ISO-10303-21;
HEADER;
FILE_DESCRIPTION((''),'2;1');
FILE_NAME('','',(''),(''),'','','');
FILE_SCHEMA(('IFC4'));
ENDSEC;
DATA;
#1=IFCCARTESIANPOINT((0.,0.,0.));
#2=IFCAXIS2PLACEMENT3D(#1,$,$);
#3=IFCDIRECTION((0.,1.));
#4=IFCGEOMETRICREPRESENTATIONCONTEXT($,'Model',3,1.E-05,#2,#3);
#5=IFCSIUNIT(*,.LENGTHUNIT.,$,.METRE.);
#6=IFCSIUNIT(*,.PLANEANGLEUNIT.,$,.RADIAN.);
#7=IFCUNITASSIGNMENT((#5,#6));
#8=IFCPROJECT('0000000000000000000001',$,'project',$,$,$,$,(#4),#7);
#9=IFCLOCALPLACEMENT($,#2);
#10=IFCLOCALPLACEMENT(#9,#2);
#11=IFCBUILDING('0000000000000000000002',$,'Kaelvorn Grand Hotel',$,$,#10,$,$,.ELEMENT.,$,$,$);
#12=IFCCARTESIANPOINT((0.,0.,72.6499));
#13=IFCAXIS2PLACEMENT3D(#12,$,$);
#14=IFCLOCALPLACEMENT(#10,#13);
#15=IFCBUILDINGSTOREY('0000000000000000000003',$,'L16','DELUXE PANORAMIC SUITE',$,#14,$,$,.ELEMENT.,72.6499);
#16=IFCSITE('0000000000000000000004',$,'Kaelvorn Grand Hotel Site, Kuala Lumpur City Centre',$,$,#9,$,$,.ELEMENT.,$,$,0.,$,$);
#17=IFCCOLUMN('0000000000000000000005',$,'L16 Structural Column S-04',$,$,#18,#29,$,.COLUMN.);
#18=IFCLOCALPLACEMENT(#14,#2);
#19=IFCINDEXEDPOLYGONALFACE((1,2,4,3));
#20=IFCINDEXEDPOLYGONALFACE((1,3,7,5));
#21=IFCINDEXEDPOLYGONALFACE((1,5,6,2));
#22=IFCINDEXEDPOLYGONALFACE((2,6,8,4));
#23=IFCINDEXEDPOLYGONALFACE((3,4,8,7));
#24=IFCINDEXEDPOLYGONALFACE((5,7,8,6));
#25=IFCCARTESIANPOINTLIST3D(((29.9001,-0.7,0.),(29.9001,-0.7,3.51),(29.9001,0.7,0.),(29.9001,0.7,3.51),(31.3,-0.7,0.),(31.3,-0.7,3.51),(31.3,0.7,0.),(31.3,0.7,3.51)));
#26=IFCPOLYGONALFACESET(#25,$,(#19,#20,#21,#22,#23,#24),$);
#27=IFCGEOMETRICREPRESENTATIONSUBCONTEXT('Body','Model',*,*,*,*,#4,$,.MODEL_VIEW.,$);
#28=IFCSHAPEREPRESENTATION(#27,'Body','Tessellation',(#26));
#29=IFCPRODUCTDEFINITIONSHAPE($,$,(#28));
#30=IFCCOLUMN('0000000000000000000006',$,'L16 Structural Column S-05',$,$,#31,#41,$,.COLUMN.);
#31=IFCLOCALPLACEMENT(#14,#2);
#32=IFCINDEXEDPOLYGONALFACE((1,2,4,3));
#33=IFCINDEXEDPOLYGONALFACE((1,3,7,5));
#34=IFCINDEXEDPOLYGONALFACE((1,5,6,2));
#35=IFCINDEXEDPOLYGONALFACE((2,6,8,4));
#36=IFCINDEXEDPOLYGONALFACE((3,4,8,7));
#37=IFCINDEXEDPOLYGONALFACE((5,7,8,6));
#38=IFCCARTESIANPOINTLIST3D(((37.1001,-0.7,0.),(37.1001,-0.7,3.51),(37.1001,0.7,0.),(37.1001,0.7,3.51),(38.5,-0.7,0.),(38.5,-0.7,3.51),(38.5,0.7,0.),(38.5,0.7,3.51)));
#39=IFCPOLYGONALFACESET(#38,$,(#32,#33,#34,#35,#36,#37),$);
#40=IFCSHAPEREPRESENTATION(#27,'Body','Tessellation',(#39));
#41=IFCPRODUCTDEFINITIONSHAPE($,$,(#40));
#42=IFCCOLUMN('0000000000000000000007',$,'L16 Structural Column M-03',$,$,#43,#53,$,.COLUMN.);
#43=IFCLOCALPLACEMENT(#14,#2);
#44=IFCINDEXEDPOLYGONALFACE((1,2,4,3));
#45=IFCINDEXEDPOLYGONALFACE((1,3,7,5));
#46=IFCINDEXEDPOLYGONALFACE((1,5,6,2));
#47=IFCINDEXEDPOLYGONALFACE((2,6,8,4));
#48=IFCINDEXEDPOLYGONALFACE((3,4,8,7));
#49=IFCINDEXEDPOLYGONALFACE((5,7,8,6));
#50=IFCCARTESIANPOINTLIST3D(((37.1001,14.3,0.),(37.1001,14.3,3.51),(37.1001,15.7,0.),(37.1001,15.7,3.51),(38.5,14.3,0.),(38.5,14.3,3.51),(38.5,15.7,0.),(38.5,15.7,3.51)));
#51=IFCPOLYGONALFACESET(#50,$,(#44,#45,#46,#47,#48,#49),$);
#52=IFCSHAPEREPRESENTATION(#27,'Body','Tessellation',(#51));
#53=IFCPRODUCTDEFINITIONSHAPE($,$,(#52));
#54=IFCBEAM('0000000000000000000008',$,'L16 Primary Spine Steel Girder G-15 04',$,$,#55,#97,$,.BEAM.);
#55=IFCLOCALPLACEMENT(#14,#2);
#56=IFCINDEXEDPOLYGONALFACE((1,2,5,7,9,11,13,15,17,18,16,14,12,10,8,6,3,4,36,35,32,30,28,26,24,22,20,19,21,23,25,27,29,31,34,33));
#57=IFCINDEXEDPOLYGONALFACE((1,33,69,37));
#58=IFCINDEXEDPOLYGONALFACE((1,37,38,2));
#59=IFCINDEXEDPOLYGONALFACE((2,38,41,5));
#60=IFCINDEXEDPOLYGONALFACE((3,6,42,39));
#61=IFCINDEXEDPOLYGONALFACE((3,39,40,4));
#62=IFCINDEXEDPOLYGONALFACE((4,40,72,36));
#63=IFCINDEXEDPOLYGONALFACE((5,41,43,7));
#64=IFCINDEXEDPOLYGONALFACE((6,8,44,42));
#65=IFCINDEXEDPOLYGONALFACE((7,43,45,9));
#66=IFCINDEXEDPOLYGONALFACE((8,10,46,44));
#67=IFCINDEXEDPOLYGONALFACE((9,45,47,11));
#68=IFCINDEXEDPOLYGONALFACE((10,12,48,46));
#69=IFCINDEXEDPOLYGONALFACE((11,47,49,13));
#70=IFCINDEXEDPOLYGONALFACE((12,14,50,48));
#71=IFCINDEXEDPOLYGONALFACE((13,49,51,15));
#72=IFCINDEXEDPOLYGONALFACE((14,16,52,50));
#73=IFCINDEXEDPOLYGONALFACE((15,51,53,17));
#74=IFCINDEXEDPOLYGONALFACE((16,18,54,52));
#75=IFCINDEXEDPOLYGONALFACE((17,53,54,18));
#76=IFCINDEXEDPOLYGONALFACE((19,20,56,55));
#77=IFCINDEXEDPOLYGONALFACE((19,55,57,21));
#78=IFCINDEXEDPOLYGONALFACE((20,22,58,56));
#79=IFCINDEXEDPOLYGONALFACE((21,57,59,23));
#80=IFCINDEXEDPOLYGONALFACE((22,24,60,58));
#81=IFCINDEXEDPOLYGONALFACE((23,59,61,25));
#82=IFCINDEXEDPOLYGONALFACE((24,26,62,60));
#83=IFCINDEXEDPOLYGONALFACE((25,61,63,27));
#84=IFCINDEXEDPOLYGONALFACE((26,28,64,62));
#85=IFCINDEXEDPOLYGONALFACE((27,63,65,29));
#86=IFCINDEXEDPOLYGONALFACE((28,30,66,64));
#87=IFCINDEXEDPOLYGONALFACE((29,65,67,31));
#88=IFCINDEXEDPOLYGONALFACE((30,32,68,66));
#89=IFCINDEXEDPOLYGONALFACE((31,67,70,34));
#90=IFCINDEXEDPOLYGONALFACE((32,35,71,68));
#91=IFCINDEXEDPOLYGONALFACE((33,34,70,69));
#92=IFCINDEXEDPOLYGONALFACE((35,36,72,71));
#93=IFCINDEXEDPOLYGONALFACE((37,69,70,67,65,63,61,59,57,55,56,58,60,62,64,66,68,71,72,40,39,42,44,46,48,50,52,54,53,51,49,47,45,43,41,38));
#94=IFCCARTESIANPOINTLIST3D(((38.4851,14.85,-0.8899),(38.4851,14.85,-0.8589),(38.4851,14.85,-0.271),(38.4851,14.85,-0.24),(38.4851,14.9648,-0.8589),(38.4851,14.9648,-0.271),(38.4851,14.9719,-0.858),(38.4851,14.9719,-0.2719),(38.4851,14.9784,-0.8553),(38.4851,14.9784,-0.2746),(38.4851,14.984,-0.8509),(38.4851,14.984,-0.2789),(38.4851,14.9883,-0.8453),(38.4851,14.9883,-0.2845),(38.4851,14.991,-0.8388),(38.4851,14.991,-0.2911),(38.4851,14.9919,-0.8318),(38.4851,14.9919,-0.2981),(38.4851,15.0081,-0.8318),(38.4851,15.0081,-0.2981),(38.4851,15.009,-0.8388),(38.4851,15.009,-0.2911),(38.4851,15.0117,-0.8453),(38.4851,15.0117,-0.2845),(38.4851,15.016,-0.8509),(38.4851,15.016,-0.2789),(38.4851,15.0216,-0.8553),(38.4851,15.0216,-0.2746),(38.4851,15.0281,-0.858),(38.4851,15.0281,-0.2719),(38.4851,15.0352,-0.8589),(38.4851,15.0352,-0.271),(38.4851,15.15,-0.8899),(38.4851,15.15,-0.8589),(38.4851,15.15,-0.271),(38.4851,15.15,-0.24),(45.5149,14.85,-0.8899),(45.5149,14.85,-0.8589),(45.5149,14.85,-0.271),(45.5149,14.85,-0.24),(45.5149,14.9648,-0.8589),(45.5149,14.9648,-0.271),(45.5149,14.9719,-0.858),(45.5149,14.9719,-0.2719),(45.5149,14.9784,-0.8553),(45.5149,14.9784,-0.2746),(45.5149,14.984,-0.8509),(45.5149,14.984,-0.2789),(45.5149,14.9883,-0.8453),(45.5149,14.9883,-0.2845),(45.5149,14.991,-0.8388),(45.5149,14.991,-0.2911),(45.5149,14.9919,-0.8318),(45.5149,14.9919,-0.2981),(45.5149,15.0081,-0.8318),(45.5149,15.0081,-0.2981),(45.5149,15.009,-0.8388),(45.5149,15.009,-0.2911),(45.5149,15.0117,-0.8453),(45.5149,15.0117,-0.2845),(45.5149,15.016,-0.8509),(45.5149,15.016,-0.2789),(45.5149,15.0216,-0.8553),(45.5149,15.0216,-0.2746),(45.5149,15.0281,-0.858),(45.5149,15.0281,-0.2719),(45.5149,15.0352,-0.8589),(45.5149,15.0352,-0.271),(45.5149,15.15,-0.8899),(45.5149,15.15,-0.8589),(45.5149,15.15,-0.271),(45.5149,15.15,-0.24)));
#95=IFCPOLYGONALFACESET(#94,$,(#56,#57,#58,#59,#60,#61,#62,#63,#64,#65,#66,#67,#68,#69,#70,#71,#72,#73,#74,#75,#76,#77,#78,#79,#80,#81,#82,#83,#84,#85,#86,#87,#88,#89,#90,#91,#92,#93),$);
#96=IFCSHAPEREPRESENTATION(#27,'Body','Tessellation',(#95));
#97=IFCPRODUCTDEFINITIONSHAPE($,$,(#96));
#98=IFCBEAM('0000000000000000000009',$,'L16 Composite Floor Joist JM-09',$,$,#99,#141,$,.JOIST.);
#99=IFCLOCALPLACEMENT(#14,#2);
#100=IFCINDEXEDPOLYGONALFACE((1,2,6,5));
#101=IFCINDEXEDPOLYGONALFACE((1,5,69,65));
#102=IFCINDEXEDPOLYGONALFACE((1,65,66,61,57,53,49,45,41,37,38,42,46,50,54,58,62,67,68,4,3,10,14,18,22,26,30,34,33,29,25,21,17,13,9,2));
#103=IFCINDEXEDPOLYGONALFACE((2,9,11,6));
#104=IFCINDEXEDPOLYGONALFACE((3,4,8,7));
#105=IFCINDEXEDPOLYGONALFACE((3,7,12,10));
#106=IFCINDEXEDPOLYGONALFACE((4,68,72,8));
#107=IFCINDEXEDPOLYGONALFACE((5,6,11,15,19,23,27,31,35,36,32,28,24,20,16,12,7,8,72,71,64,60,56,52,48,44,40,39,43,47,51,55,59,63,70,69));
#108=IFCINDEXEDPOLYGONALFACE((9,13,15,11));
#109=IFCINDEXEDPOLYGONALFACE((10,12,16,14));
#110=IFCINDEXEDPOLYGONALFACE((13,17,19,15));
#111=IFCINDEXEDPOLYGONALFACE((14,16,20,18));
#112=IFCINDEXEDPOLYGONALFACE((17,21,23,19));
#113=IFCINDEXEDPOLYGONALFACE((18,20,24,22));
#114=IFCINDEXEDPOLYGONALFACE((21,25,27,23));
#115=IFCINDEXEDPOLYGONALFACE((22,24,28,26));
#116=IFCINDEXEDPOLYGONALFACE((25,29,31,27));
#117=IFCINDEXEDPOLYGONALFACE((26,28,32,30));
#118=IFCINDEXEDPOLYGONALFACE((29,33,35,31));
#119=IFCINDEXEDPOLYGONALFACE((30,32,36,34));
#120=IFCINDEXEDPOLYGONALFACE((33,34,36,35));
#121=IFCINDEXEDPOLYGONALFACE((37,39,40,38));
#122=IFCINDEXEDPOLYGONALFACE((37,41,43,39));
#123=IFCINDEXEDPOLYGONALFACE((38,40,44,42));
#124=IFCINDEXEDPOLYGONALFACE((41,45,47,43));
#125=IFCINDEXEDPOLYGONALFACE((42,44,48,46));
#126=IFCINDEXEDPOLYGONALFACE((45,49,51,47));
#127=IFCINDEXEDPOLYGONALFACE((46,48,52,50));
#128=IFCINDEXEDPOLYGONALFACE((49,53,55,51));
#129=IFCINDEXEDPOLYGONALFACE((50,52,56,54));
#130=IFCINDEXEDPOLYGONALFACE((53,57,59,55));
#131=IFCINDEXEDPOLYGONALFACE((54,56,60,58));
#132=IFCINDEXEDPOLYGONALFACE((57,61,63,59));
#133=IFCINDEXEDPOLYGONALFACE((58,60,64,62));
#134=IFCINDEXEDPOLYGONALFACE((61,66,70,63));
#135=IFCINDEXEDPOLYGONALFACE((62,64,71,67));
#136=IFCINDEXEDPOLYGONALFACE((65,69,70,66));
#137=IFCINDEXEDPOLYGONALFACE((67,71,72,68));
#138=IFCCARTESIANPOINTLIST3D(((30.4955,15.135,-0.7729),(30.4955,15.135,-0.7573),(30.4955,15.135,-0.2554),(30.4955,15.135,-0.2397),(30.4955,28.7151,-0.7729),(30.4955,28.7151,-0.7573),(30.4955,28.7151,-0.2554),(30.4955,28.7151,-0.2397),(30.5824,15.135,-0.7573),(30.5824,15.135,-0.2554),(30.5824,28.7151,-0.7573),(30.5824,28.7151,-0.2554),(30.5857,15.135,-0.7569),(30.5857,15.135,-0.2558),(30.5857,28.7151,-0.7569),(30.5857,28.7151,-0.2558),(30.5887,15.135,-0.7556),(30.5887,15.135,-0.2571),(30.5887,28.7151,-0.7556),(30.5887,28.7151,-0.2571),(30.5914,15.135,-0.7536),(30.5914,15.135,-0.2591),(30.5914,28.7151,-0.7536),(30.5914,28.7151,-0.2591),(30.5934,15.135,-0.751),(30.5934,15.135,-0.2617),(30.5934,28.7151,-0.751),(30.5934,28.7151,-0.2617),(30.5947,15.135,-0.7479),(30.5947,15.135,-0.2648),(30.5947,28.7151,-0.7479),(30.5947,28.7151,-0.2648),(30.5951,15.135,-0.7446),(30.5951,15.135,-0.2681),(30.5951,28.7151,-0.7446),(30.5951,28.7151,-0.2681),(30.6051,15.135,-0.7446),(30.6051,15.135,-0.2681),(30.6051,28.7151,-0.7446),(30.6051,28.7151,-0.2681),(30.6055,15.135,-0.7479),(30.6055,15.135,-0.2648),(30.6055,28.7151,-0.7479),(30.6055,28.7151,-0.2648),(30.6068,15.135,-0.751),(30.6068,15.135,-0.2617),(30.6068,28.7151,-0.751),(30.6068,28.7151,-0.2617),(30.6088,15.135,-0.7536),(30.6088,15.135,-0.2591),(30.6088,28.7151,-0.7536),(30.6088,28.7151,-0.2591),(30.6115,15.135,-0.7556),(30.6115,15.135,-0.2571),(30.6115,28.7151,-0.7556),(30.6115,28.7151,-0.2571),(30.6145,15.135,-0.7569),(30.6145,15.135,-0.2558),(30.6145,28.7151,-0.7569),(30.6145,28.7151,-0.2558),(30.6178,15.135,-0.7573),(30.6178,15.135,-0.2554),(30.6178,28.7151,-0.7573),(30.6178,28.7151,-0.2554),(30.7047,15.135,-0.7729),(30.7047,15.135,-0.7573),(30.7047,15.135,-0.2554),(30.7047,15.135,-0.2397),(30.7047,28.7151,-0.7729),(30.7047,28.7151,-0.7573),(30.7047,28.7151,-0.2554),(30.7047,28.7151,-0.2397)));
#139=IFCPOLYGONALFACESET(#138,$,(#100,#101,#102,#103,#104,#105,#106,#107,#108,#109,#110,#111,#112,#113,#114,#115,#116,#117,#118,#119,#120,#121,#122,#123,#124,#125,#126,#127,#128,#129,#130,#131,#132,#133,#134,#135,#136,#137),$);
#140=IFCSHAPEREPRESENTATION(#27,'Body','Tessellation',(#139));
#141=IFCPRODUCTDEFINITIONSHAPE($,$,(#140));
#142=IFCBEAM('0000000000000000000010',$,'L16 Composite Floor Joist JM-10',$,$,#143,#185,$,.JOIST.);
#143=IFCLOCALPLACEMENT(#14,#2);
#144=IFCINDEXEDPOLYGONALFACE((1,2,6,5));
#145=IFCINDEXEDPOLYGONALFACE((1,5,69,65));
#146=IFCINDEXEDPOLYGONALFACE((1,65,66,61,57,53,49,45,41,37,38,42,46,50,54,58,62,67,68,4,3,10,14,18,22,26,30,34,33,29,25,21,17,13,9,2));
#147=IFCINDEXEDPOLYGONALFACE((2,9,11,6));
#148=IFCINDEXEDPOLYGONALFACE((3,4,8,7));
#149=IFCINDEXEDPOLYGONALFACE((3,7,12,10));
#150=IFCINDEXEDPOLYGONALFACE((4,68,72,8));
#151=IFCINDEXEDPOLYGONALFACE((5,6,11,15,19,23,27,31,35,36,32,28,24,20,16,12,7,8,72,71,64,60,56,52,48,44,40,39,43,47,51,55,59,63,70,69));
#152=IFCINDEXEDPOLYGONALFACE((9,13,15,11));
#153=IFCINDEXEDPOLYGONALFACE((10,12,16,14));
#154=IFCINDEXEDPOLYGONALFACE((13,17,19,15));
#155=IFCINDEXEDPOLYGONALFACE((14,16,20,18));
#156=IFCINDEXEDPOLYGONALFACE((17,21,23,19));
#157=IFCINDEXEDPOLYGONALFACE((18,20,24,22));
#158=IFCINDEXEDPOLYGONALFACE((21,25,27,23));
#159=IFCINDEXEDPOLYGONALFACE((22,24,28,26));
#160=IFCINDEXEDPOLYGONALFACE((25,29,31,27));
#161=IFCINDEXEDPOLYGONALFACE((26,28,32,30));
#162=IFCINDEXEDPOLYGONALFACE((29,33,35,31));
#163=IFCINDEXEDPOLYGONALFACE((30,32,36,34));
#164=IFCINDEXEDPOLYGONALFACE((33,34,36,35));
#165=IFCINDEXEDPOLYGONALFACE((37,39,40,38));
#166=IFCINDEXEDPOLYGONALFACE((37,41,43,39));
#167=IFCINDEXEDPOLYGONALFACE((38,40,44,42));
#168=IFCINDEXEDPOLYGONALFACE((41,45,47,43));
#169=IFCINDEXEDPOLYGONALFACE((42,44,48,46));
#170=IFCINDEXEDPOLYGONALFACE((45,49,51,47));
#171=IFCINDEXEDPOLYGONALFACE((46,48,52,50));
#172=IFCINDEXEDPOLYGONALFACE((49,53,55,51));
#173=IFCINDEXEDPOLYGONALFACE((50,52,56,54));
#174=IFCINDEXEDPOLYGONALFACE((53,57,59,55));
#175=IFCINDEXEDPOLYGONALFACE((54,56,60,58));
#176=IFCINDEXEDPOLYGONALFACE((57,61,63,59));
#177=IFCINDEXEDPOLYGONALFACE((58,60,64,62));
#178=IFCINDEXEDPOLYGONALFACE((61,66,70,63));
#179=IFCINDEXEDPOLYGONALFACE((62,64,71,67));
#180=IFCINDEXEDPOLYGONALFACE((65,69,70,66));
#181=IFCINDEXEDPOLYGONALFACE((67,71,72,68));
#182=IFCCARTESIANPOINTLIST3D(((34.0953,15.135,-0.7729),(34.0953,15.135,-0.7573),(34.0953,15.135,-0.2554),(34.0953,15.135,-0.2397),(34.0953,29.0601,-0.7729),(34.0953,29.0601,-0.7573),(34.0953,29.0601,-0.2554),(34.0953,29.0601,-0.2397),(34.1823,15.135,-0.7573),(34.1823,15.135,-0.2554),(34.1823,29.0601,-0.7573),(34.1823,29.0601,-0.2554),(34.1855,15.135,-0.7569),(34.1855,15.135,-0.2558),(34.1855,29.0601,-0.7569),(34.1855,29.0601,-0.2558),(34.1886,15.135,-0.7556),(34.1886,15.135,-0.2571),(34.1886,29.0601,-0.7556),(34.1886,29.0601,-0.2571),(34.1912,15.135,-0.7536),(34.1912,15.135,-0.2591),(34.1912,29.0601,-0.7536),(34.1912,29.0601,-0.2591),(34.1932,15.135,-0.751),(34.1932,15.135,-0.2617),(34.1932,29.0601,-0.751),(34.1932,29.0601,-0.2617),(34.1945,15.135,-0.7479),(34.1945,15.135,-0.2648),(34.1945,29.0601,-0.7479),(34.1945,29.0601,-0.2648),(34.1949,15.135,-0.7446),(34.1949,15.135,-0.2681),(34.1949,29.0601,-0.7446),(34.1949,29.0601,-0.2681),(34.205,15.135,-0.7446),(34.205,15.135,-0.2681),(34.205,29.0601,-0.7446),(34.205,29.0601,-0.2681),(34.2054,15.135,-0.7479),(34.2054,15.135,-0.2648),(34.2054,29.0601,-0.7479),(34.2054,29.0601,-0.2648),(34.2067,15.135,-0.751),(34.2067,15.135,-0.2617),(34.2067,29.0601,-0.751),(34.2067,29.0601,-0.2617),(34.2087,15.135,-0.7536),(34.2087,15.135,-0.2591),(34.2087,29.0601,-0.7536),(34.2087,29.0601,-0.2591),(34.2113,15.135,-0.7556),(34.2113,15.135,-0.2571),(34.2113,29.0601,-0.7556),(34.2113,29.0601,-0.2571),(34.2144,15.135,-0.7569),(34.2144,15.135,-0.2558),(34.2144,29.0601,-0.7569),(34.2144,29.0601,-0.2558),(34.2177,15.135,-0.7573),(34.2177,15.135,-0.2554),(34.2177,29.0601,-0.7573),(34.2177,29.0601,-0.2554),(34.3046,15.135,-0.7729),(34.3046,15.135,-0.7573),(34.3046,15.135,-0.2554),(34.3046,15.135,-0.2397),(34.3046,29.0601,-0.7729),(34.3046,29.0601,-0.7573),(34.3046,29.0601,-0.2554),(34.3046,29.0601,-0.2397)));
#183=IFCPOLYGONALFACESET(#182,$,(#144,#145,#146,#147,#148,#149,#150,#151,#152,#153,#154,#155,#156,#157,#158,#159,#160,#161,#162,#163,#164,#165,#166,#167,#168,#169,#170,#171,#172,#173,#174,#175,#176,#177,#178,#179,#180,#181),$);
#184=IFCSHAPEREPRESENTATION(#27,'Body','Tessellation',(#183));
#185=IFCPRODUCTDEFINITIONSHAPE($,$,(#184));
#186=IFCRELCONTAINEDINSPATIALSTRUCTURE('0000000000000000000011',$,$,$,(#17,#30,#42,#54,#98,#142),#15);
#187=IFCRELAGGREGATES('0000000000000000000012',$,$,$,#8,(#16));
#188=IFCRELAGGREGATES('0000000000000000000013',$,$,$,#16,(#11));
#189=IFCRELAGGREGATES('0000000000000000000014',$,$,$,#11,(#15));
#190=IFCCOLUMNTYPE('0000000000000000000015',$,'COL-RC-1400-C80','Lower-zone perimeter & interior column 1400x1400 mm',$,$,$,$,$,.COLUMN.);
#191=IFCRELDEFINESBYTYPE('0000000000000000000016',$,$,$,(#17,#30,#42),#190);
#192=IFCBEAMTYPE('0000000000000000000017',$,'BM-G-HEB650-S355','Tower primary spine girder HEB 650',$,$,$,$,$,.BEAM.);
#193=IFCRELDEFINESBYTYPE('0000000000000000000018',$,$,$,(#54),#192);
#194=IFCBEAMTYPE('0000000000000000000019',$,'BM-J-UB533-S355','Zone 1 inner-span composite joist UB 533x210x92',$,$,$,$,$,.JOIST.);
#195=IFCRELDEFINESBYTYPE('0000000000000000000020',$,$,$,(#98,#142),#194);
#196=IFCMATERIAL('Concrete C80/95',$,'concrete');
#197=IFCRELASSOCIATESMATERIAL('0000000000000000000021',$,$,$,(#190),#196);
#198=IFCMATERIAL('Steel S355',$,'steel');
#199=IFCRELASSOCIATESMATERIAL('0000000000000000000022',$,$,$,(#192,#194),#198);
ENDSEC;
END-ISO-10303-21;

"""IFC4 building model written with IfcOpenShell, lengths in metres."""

from ifc_helpers import new_model, si_unit, direction, frame, origin, origin_2d, place, context, subcontext, project, spatial, rectangle, i_section, extrude, material, material_profile, profile_set, type_object, element, save


model = new_model("IFC4")

# Units and contexts
model_context = context("Model", 3, precision=1e-05, world=origin(), true_north=direction((0.0, 1.0)))
body_context = subcontext(model_context, "Body", "Model", "MODEL_VIEW")
ifc_project = project(units=[si_unit("LENGTHUNIT", "METRE"), si_unit("PLANEANGLEUNIT", "RADIAN")], contexts=[model_context])

# Site, building, storey
site_placement = place(None, origin())
site = spatial("IfcSite", under=ifc_project, at=site_placement, Name="Kaelvorn Grand Hotel Site, Kuala Lumpur City Centre", CompositionType="ELEMENT", RefElevation=0.0)
building_placement = place(site_placement, origin())
building = spatial("IfcBuilding", under=site, at=building_placement, Name="Kaelvorn Grand Hotel", CompositionType="ELEMENT")
storey_placement = place(building_placement, frame((0.0, 0.0, 72.6499)))
storey = spatial("IfcBuildingStorey", under=building, at=storey_placement, Name="L16", Description="DELUXE PANORAMIC SUITE", CompositionType="ELEMENT", Elevation=72.6499)

# Columns
ifc_material_1 = material(Name="Concrete C80/95", Category="concrete")
ifc_material_profile_1 = material_profile(ifc_material_1, rectangle(XDim=1.3999, YDim=1.3999, at=origin_2d()), Name="RC COL 1400x1400")
ifc_profile_set_1 = profile_set([ifc_material_profile_1], Name="Concrete C80/95")
column_type = type_object("IfcColumnType", Name="COL-RC-1400-C80", Description="Lower-zone perimeter & interior column 1400x1400 mm", PredefinedType="COLUMN", material=ifc_profile_set_1)
for number, where, z_axis, x_axis, name in (
    (1, (30.6001, 0.0, 0.0), (0.0, 0.0, 1.0), (1.0, 0.0, 0.0), "L16 Structural Column S-04"),
    (2, (37.8, 0.0, 0.0), (0.0, 0.0, 1.0), (1.0, 0.0, 0.0), "L16 Structural Column S-05"),
    (3, (37.8, 15.0, 0.0), (0.0, 0.0, 1.0), (1.0, 0.0, 0.0), "L16 Structural Column M-03"),
):
    element("IfcColumn", number, at=place(storey_placement, frame(where, z_axis=z_axis, x_axis=x_axis)), inside=storey, type_object=column_type, Name=name, PredefinedType="COLUMN", context=body_context, shape_type="SweptSolid", body=[
        extrude(rectangle(XDim=1.3999, YDim=1.3999, at=origin_2d()), origin(), (0.0, 0.0, 1.0), 3.51),
    ])

# Beams
ifc_material_2 = material(Name="Steel S355", Category="steel")
ifc_material_profile_2 = material_profile(ifc_material_2, i_section(OverallWidth=0.3, OverallDepth=0.6499, WebThickness=0.0161, FlangeThickness=0.031, FilletRadius=0.0271, at=origin_2d()), Name="HEB 650")
ifc_profile_set_2 = profile_set([ifc_material_profile_2], Name="Steel S355")
beam_type_1 = type_object("IfcBeamType", Name="BM-G-HEB650-S355", Description="Tower primary spine girder HEB 650", PredefinedType="BEAM", material=ifc_profile_set_2)
beam_1_placement = place(storey_placement, frame((38.4851, 15.0, -0.5649), z_axis=(1.0, 0.0, 0.0), x_axis=(0.0, 1.0, 0.0)))
element("IfcBeam", 4, at=beam_1_placement, inside=storey, type_object=beam_type_1, Name="L16 Primary Spine Steel Girder G-15 04", PredefinedType="BEAM", context=body_context, shape_type="SweptSolid", body=[
    extrude(i_section(OverallWidth=0.3, OverallDepth=0.6499, WebThickness=0.0161, FlangeThickness=0.031, FilletRadius=0.0271, at=origin_2d()), origin(), (0.0, 0.0, 1.0), 7.0298),
])
ifc_material_profile_3 = material_profile(ifc_material_2, i_section(OverallWidth=0.2092, OverallDepth=0.5332, WebThickness=0.01, FlangeThickness=0.0156, FilletRadius=0.0127, at=origin_2d()), Name="UB 533x210x92")
ifc_profile_set_3 = profile_set([ifc_material_profile_3], Name="Steel S355")
beam_type_2 = type_object("IfcBeamType", Name="BM-J-UB533-S355", Description="Zone 1 inner-span composite joist UB 533x210x92", PredefinedType="JOIST", material=ifc_profile_set_3)
beam_2_placement = place(storey_placement, frame((30.6001, 15.135, -0.5063), z_axis=(0.0, 1.0, 0.0), x_axis=(-1.0, 0.0, 0.0)))
element("IfcBeam", 5, at=beam_2_placement, inside=storey, type_object=beam_type_2, Name="L16 Composite Floor Joist JM-09", PredefinedType="JOIST", context=body_context, shape_type="SweptSolid", body=[
    extrude(i_section(OverallWidth=0.2092, OverallDepth=0.5332, WebThickness=0.01, FlangeThickness=0.0156, FilletRadius=0.0127, at=origin_2d()), origin(), (0.0, 0.0, 1.0), 13.5801),
])
beam_3_placement = place(storey_placement, frame((34.2, 15.135, -0.5063), z_axis=(0.0, 1.0, 0.0), x_axis=(-1.0, 0.0, 0.0)))
element("IfcBeam", 6, at=beam_3_placement, inside=storey, type_object=beam_type_2, Name="L16 Composite Floor Joist JM-10", PredefinedType="JOIST", context=body_context, shape_type="SweptSolid", body=[
    extrude(i_section(OverallWidth=0.2092, OverallDepth=0.5332, WebThickness=0.01, FlangeThickness=0.0156, FilletRadius=0.0127, at=origin_2d()), origin(), (0.0, 0.0, 1.0), 13.925),
])

save(model, "model.ifc")
